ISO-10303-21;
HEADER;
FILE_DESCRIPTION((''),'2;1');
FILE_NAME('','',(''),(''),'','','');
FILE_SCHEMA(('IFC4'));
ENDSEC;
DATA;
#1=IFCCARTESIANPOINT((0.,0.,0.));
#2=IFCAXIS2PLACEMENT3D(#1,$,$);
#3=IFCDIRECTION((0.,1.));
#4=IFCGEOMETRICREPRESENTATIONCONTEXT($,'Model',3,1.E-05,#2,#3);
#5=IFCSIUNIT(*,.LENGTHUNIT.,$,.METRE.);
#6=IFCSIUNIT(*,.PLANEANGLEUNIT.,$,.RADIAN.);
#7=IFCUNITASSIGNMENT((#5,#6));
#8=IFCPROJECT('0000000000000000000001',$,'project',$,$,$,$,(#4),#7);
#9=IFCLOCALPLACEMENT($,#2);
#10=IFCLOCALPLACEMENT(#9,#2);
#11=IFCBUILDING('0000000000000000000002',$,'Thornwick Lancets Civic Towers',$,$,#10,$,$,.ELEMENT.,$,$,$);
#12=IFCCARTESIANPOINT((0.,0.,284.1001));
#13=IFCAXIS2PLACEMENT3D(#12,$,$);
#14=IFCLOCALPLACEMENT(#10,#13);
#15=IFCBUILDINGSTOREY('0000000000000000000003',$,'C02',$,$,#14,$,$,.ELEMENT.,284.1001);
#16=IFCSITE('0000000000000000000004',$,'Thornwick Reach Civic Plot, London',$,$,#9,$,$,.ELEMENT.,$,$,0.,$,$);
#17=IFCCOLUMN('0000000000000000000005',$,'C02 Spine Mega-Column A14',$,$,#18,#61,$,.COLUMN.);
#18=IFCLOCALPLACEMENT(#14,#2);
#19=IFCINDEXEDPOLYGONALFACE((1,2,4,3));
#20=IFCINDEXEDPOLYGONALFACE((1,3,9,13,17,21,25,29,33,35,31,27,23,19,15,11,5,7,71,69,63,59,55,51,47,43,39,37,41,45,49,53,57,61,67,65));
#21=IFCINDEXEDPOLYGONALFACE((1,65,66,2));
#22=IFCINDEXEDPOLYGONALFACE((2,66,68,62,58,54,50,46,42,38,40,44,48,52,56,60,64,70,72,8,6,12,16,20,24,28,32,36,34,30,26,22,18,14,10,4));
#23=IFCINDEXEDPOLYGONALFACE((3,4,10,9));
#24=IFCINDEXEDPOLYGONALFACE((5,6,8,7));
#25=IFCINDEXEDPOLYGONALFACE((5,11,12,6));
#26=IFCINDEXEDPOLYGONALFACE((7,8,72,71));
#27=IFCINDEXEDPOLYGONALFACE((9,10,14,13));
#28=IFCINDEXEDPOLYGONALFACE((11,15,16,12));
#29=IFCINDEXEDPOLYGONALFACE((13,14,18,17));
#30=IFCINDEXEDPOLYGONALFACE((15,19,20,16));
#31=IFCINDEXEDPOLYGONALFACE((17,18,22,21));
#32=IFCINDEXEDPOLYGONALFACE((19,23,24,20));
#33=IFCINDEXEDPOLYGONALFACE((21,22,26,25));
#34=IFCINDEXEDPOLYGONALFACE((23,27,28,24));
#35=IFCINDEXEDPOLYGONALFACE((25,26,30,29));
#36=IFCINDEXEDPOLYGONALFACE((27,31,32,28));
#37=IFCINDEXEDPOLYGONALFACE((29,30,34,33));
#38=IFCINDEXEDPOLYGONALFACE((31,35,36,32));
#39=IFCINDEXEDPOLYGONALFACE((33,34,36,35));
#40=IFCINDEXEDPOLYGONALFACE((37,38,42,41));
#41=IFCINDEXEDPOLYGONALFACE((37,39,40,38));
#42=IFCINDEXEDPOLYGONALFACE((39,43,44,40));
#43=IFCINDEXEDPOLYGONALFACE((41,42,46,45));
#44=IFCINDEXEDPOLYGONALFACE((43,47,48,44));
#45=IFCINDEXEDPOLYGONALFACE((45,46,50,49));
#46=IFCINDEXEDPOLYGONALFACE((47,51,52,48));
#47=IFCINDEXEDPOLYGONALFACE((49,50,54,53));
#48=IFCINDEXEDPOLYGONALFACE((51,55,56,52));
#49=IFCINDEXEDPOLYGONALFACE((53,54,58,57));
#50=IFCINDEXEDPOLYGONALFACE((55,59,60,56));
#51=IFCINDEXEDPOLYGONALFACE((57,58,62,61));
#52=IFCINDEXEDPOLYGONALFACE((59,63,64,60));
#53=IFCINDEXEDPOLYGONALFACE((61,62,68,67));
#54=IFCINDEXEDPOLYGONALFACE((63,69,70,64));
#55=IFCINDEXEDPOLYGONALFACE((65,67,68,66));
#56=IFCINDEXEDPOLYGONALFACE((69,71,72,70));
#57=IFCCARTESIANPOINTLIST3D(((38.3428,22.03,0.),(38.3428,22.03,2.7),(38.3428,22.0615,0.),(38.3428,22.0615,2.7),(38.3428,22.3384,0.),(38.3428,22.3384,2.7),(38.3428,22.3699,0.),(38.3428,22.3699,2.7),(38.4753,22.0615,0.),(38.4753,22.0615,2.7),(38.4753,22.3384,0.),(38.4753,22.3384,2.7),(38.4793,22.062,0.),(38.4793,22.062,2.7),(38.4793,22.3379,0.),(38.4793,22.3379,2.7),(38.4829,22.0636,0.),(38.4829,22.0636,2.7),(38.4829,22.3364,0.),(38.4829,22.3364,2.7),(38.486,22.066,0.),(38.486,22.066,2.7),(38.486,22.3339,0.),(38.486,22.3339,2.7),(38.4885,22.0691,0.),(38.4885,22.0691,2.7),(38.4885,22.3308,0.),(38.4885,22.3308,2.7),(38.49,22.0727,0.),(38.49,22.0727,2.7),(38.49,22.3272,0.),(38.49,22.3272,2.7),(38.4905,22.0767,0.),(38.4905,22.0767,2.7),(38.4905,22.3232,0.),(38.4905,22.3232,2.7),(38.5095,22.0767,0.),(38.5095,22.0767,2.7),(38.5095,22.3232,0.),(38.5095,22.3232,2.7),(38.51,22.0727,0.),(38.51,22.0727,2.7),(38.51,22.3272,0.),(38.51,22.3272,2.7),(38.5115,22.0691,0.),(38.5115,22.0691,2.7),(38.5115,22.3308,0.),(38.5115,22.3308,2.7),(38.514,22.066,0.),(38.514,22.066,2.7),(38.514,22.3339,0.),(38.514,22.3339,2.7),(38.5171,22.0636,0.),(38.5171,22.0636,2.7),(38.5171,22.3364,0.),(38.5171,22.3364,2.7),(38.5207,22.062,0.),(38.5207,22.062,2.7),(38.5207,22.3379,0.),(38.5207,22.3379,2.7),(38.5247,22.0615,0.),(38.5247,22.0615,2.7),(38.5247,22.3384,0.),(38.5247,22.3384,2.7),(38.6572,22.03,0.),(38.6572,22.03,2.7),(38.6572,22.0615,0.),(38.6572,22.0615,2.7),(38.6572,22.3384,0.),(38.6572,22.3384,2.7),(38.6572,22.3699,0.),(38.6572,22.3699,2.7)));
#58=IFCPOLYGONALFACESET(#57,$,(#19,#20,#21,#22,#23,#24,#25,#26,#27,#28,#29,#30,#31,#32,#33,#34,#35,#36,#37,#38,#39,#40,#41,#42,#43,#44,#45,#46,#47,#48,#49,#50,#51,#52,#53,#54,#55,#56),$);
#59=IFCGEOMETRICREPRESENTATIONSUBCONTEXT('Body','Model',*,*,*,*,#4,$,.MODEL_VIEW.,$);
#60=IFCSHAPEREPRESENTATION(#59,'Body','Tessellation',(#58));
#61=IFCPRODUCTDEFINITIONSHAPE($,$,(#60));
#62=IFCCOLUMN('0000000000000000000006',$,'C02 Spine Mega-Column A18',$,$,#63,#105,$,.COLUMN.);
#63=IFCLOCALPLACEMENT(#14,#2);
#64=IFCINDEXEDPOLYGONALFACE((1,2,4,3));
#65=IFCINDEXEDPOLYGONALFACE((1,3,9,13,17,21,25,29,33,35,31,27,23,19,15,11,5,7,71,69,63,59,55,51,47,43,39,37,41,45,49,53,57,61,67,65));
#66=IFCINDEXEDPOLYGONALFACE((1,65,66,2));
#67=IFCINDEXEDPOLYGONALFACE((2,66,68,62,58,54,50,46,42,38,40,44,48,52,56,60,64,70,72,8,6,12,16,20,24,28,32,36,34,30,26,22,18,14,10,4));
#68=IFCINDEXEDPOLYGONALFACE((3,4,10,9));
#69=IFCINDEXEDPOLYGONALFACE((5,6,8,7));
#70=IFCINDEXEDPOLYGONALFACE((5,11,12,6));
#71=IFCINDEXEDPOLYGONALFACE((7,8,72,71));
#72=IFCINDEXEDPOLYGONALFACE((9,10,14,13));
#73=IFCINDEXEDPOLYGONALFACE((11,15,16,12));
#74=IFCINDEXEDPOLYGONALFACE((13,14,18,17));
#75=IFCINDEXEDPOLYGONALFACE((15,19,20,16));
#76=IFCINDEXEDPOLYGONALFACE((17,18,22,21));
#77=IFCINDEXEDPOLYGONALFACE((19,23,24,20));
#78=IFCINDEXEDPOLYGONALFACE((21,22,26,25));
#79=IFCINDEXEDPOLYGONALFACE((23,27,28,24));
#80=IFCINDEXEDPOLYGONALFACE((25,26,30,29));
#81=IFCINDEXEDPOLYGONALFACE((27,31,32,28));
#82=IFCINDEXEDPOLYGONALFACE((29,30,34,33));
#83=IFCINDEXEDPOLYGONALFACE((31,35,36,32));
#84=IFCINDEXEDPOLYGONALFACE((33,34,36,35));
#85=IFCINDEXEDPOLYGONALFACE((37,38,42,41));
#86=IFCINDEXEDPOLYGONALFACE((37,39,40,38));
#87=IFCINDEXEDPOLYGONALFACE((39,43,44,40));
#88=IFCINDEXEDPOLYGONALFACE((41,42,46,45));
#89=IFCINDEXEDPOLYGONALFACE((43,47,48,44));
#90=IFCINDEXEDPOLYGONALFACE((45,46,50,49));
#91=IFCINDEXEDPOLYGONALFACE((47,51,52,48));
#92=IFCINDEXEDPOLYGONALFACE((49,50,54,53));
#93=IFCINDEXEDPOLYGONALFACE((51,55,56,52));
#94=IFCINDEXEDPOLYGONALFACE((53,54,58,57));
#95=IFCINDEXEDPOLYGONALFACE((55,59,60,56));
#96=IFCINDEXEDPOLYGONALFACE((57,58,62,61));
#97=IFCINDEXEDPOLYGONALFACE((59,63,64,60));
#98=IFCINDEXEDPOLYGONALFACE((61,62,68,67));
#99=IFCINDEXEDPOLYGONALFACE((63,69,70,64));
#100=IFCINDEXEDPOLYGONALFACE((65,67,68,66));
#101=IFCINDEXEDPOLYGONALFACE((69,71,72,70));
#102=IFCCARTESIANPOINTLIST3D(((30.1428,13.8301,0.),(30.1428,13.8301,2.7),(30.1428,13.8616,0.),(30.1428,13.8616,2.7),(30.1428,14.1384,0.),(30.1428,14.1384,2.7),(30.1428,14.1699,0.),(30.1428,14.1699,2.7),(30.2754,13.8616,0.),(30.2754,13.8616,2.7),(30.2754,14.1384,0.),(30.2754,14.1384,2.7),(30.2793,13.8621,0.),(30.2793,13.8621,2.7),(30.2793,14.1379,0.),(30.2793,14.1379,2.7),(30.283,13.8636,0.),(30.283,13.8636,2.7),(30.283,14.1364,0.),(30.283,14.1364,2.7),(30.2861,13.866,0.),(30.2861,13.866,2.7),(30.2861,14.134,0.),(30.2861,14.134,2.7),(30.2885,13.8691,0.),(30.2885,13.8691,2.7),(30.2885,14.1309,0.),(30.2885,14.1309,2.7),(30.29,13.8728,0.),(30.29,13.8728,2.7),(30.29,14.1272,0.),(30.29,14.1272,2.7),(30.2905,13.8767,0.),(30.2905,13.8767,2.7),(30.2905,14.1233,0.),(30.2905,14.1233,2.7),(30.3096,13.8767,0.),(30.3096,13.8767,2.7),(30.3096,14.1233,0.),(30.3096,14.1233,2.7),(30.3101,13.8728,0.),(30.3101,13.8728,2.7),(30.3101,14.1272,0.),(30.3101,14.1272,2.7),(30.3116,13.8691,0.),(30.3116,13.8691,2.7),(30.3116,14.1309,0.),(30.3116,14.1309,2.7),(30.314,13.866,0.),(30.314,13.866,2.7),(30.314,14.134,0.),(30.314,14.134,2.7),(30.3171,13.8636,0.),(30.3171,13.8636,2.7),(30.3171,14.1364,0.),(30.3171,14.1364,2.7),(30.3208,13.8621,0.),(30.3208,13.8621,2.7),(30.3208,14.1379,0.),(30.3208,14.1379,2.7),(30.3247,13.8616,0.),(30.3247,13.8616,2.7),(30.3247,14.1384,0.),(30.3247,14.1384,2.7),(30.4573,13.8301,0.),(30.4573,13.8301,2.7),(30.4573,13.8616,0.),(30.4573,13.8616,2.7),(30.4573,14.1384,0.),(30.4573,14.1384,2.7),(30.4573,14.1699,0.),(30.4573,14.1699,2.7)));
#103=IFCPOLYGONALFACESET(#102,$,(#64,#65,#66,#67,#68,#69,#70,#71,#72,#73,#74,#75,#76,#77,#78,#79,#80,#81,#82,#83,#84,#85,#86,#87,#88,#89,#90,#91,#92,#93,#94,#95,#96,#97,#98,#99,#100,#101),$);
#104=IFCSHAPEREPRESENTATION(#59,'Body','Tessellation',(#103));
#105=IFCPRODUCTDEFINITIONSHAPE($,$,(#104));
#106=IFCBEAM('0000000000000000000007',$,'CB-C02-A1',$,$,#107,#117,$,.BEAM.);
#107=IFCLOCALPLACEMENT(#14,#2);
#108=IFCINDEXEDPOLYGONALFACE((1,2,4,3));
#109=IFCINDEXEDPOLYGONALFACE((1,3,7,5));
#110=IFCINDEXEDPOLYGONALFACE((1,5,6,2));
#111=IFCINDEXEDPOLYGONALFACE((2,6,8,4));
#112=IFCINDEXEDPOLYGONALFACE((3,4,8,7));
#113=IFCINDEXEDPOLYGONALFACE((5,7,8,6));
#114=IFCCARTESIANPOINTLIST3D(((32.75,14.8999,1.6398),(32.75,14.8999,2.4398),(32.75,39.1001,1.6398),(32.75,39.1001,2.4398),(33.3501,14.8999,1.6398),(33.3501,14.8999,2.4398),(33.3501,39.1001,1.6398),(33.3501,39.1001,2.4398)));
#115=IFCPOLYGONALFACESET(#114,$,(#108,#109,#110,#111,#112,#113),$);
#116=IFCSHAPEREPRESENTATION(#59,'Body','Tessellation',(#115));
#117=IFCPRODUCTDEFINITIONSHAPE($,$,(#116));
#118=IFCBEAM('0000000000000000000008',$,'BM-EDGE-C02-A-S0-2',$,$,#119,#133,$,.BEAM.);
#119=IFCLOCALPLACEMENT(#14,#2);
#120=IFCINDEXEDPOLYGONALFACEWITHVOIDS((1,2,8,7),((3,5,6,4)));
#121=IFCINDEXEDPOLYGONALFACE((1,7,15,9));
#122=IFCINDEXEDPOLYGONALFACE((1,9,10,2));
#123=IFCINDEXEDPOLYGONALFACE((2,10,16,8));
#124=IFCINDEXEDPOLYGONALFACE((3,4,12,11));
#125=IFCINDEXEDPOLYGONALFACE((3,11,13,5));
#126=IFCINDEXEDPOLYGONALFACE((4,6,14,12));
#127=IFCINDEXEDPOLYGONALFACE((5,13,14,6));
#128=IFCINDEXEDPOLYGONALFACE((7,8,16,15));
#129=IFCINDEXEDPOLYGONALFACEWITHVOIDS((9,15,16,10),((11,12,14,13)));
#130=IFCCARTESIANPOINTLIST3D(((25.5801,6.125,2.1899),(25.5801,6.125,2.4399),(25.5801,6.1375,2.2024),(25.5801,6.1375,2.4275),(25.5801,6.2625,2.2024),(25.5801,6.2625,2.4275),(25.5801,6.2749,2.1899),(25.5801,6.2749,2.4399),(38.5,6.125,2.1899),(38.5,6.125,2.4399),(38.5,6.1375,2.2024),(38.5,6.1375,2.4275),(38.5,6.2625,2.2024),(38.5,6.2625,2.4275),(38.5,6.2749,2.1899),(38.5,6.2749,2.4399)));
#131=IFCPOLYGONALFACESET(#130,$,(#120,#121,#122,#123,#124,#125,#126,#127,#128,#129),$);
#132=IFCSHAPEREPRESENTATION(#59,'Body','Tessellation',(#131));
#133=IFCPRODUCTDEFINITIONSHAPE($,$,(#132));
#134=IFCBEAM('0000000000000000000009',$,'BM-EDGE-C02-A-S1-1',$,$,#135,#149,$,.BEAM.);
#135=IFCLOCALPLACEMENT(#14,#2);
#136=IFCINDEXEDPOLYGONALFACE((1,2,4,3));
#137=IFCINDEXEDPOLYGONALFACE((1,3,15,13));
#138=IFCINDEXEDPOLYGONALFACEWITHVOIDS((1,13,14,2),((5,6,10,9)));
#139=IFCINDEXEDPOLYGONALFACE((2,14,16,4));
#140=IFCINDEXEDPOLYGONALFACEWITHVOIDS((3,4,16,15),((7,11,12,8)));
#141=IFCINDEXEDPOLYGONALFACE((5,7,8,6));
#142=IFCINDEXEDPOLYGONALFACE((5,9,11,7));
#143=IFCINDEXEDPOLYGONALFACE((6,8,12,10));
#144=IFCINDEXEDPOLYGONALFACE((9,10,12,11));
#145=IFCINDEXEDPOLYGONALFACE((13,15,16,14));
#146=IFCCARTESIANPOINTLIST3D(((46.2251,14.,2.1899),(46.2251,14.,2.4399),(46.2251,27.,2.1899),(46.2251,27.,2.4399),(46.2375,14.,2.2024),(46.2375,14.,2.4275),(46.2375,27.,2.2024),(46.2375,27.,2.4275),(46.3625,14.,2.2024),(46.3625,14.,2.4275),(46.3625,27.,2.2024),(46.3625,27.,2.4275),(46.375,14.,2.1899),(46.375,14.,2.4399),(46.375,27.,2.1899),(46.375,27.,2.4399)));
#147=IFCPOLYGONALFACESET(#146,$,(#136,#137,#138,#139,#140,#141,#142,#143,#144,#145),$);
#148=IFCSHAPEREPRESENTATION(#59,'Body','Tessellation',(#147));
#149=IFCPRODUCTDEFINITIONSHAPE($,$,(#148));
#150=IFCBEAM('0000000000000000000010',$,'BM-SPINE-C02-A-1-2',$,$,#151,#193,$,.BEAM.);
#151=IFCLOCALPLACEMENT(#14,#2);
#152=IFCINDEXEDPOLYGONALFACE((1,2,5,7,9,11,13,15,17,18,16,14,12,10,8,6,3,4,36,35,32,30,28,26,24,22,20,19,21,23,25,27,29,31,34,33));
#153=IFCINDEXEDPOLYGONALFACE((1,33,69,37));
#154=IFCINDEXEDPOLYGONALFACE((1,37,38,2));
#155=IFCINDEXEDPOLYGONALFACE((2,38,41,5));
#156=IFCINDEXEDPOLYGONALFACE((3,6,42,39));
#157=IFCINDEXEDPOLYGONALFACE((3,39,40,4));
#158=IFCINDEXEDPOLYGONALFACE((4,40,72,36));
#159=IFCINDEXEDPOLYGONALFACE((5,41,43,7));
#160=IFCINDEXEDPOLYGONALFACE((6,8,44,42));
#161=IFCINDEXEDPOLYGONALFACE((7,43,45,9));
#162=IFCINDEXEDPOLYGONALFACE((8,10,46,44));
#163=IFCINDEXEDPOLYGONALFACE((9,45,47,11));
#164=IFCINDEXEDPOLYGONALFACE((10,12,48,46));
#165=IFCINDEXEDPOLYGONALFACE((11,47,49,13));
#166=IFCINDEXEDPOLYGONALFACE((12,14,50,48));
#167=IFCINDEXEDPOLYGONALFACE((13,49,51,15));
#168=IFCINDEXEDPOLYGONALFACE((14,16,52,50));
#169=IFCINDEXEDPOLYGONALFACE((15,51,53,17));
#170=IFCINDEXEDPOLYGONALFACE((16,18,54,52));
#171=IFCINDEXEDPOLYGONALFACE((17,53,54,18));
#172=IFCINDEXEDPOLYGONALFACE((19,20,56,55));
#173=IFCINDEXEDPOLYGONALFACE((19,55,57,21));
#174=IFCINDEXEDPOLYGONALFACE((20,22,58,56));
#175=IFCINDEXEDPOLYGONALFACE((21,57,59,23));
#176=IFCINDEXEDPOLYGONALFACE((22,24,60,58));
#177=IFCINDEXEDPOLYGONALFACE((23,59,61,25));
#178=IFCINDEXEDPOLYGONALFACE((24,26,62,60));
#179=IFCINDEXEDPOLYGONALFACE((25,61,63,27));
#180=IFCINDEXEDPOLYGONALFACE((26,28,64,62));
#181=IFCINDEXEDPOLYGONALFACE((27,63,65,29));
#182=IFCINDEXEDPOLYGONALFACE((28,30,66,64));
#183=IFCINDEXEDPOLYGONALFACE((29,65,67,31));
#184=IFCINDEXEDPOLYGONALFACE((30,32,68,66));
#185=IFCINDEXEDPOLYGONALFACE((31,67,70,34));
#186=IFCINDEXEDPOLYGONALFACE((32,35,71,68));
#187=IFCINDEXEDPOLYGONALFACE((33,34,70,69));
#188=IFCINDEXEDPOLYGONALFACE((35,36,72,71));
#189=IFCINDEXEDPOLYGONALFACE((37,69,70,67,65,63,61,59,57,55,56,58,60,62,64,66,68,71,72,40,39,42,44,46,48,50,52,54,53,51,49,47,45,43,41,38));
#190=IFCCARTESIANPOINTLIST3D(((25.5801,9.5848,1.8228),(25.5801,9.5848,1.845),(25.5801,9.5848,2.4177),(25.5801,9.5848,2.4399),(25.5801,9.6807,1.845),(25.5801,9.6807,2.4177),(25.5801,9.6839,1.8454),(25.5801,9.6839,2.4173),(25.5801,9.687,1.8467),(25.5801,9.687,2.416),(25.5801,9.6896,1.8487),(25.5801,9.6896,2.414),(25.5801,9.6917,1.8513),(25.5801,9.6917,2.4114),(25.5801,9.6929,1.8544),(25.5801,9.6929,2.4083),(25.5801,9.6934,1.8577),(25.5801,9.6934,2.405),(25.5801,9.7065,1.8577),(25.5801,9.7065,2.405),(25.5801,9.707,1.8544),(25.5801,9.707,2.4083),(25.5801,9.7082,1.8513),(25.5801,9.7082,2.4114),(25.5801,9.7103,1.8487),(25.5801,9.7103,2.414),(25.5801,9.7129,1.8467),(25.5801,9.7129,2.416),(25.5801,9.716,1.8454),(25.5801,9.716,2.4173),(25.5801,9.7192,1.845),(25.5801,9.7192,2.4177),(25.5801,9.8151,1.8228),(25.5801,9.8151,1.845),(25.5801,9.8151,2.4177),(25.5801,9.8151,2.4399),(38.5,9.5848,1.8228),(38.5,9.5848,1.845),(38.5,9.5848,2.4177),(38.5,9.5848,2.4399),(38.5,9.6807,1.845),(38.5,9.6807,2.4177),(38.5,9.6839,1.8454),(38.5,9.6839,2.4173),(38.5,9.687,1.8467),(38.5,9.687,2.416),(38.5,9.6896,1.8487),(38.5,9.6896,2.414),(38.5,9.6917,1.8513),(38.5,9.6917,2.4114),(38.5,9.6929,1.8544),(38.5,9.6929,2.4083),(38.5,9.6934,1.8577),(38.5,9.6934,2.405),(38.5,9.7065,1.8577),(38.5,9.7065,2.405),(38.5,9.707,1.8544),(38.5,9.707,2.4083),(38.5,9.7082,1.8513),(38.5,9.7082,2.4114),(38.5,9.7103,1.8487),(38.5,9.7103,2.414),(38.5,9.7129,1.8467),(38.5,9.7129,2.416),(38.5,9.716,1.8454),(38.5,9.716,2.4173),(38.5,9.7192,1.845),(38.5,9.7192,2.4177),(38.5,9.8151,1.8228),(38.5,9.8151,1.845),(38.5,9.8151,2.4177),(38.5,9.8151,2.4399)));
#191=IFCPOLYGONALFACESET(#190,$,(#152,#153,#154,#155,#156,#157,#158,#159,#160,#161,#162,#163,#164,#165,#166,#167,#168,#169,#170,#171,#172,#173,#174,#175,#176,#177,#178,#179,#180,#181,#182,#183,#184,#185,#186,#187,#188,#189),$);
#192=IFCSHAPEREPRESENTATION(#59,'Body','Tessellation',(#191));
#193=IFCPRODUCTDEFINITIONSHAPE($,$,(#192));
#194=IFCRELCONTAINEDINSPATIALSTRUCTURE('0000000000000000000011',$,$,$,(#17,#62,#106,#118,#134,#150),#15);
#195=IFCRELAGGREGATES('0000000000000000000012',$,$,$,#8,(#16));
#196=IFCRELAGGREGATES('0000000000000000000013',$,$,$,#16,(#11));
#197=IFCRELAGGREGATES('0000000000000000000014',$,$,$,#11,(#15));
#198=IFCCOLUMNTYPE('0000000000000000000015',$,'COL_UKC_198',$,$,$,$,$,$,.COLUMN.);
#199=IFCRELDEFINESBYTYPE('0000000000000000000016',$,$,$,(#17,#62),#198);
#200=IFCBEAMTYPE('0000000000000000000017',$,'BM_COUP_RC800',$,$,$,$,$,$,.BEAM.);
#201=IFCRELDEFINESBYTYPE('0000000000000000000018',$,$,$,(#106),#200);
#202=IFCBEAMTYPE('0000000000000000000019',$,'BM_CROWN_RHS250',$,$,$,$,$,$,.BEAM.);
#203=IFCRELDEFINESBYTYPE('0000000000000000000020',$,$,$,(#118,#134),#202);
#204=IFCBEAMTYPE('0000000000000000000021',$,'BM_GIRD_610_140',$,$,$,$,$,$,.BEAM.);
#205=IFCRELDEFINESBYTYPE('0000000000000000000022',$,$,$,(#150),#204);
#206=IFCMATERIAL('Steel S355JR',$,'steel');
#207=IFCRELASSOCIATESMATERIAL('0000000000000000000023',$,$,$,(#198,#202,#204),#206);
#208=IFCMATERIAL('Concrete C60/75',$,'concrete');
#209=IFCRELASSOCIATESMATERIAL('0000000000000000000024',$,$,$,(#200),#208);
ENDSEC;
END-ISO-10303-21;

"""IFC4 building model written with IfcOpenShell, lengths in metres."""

from ifc_helpers import new_model, si_unit, direction, frame, origin, origin_2d, place, context, subcontext, project, spatial, rectangle, hollow_rectangle, i_section, extrude, material, material_profile, profile_set, type_object, element, save


model = new_model("IFC4")

# Units and contexts
model_context = context("Model", 3, precision=1e-05, world=origin(), true_north=direction((0.0, 1.0)))
body_context = subcontext(model_context, "Body", "Model", "MODEL_VIEW")
ifc_project = project(units=[si_unit("LENGTHUNIT", "METRE"), si_unit("PLANEANGLEUNIT", "RADIAN")], contexts=[model_context])

# Site, building, storey
site_placement = place(None, origin())
site = spatial("IfcSite", under=ifc_project, at=site_placement, Name="Thornwick Reach Civic Plot, London", CompositionType="ELEMENT", RefElevation=0.0)
building_placement = place(site_placement, origin())
building = spatial("IfcBuilding", under=site, at=building_placement, Name="Thornwick Lancets Civic Towers", CompositionType="ELEMENT")
storey_placement = place(building_placement, frame((0.0, 0.0, 284.1001)))
storey = spatial("IfcBuildingStorey", under=building, at=storey_placement, Name="C02", CompositionType="ELEMENT", Elevation=284.1001)

# Columns
ifc_material_1 = material(Name="Steel S355JR", Category="steel")
ifc_material_profile_1 = material_profile(ifc_material_1, i_section(OverallWidth=0.3145, OverallDepth=0.3398, WebThickness=0.019, FlangeThickness=0.0315, FilletRadius=0.0151, at=origin_2d()), Name="UKC 305x305x198")
ifc_profile_set_1 = profile_set([ifc_material_profile_1], Name="Steel S355JR")
column_type_1 = type_object("IfcColumnType", Name="COL_UKC_198", PredefinedType="COLUMN", material=ifc_profile_set_1)
for number, where, z_axis, x_axis, name in (
    (1, (38.5, 22.2, 0.0), (0.0, 0.0, 1.0), (1.0, 0.0, 0.0), "C02 Spine Mega-Column A14"),
    (2, (30.3, 14.0, 0.0), (0.0, 0.0, 1.0), (1.0, 0.0, 0.0), "C02 Spine Mega-Column A18"),
):
    element("IfcColumn", number, at=place(storey_placement, frame(where, z_axis=z_axis, x_axis=x_axis)), inside=storey, type_object=column_type_1, Name=name, PredefinedType="COLUMN", context=body_context, shape_type="SweptSolid", body=[
        extrude(i_section(OverallWidth=0.3145, OverallDepth=0.3398, WebThickness=0.019, FlangeThickness=0.0315, FilletRadius=0.0151, at=origin_2d()), origin(), (0.0, 0.0, 1.0), 2.7),
    ])

# Beams
ifc_material_2 = material(Name="Concrete C60/75", Category="concrete")
ifc_material_profile_2 = material_profile(ifc_material_2, rectangle(XDim=0.6001, YDim=0.8, at=origin_2d()), Name="RC 600x800")
ifc_profile_set_2 = profile_set([ifc_material_profile_2], Name="Concrete C60/75")
beam_type_1 = type_object("IfcBeamType", Name="BM_COUP_RC800", PredefinedType="BEAM", material=ifc_profile_set_2)
beam_1_placement = place(storey_placement, frame((33.05, 14.8999, 2.0398), z_axis=(0.0, 1.0, 0.0), x_axis=(-1.0, 0.0, 0.0)))
element("IfcBeam", 3, at=beam_1_placement, inside=storey, type_object=beam_type_1, Name="CB-C02-A1", PredefinedType="BEAM", context=body_context, shape_type="SweptSolid", body=[
    extrude(rectangle(XDim=0.6001, YDim=0.8, at=origin_2d()), origin(), (0.0, 0.0, 1.0), 24.2002),
])
ifc_material_profile_3 = material_profile(ifc_material_1, hollow_rectangle(XDim=0.1499, YDim=0.25, WallThickness=0.0125, at=origin_2d()), Name="RHS 250x150x12.5")
ifc_profile_set_3 = profile_set([ifc_material_profile_3], Name="Steel S355JR")
beam_type_2 = type_object("IfcBeamType", Name="BM_CROWN_RHS250", PredefinedType="BEAM", material=ifc_profile_set_3)
beam_2_placement = place(storey_placement, frame((25.5801, 6.2, 2.3149), z_axis=(1.0, 0.0, 0.0), x_axis=(0.0, 1.0, 0.0)))
element("IfcBeam", 4, at=beam_2_placement, inside=storey, type_object=beam_type_2, Name="BM-EDGE-C02-A-S0-2", PredefinedType="BEAM", context=body_context, shape_type="SweptSolid", body=[
    extrude(hollow_rectangle(XDim=0.1499, YDim=0.25, WallThickness=0.0125, at=origin_2d()), origin(), (0.0, 0.0, 1.0), 12.9199),
])
beam_3_placement = place(storey_placement, frame((46.3, 14.0, 2.3149), z_axis=(0.0, 1.0, 0.0), x_axis=(-1.0, 0.0, 0.0)))
element("IfcBeam", 5, at=beam_3_placement, inside=storey, type_object=beam_type_2, Name="BM-EDGE-C02-A-S1-1", PredefinedType="BEAM", context=body_context, shape_type="SweptSolid", body=[
    extrude(hollow_rectangle(XDim=0.1499, YDim=0.25, WallThickness=0.0125, at=origin_2d()), origin(), (0.0, 0.0, 1.0), 13.0),
])
ifc_material_profile_4 = material_profile(ifc_material_1, i_section(OverallWidth=0.2302, OverallDepth=0.6172, WebThickness=0.0132, FlangeThickness=0.0222, FilletRadius=0.0127, at=origin_2d()), Name="UKB 610x229x140")
ifc_profile_set_4 = profile_set([ifc_material_profile_4], Name="Steel S355JR")
beam_type_3 = type_object("IfcBeamType", Name="BM_GIRD_610_140", PredefinedType="BEAM", material=ifc_profile_set_4)
beam_4_placement = place(storey_placement, frame((25.5801, 9.7, 2.1313), z_axis=(1.0, 0.0, 0.0), x_axis=(0.0, 1.0, 0.0)))
element("IfcBeam", 6, at=beam_4_placement, inside=storey, type_object=beam_type_3, Name="BM-SPINE-C02-A-1-2", PredefinedType="BEAM", context=body_context, shape_type="SweptSolid", body=[
    extrude(i_section(OverallWidth=0.2302, OverallDepth=0.6172, WebThickness=0.0132, FlangeThickness=0.0222, FilletRadius=0.0127, at=origin_2d()), origin(), (0.0, 0.0, 1.0), 12.9199),
])

save(model, "model.ifc")
